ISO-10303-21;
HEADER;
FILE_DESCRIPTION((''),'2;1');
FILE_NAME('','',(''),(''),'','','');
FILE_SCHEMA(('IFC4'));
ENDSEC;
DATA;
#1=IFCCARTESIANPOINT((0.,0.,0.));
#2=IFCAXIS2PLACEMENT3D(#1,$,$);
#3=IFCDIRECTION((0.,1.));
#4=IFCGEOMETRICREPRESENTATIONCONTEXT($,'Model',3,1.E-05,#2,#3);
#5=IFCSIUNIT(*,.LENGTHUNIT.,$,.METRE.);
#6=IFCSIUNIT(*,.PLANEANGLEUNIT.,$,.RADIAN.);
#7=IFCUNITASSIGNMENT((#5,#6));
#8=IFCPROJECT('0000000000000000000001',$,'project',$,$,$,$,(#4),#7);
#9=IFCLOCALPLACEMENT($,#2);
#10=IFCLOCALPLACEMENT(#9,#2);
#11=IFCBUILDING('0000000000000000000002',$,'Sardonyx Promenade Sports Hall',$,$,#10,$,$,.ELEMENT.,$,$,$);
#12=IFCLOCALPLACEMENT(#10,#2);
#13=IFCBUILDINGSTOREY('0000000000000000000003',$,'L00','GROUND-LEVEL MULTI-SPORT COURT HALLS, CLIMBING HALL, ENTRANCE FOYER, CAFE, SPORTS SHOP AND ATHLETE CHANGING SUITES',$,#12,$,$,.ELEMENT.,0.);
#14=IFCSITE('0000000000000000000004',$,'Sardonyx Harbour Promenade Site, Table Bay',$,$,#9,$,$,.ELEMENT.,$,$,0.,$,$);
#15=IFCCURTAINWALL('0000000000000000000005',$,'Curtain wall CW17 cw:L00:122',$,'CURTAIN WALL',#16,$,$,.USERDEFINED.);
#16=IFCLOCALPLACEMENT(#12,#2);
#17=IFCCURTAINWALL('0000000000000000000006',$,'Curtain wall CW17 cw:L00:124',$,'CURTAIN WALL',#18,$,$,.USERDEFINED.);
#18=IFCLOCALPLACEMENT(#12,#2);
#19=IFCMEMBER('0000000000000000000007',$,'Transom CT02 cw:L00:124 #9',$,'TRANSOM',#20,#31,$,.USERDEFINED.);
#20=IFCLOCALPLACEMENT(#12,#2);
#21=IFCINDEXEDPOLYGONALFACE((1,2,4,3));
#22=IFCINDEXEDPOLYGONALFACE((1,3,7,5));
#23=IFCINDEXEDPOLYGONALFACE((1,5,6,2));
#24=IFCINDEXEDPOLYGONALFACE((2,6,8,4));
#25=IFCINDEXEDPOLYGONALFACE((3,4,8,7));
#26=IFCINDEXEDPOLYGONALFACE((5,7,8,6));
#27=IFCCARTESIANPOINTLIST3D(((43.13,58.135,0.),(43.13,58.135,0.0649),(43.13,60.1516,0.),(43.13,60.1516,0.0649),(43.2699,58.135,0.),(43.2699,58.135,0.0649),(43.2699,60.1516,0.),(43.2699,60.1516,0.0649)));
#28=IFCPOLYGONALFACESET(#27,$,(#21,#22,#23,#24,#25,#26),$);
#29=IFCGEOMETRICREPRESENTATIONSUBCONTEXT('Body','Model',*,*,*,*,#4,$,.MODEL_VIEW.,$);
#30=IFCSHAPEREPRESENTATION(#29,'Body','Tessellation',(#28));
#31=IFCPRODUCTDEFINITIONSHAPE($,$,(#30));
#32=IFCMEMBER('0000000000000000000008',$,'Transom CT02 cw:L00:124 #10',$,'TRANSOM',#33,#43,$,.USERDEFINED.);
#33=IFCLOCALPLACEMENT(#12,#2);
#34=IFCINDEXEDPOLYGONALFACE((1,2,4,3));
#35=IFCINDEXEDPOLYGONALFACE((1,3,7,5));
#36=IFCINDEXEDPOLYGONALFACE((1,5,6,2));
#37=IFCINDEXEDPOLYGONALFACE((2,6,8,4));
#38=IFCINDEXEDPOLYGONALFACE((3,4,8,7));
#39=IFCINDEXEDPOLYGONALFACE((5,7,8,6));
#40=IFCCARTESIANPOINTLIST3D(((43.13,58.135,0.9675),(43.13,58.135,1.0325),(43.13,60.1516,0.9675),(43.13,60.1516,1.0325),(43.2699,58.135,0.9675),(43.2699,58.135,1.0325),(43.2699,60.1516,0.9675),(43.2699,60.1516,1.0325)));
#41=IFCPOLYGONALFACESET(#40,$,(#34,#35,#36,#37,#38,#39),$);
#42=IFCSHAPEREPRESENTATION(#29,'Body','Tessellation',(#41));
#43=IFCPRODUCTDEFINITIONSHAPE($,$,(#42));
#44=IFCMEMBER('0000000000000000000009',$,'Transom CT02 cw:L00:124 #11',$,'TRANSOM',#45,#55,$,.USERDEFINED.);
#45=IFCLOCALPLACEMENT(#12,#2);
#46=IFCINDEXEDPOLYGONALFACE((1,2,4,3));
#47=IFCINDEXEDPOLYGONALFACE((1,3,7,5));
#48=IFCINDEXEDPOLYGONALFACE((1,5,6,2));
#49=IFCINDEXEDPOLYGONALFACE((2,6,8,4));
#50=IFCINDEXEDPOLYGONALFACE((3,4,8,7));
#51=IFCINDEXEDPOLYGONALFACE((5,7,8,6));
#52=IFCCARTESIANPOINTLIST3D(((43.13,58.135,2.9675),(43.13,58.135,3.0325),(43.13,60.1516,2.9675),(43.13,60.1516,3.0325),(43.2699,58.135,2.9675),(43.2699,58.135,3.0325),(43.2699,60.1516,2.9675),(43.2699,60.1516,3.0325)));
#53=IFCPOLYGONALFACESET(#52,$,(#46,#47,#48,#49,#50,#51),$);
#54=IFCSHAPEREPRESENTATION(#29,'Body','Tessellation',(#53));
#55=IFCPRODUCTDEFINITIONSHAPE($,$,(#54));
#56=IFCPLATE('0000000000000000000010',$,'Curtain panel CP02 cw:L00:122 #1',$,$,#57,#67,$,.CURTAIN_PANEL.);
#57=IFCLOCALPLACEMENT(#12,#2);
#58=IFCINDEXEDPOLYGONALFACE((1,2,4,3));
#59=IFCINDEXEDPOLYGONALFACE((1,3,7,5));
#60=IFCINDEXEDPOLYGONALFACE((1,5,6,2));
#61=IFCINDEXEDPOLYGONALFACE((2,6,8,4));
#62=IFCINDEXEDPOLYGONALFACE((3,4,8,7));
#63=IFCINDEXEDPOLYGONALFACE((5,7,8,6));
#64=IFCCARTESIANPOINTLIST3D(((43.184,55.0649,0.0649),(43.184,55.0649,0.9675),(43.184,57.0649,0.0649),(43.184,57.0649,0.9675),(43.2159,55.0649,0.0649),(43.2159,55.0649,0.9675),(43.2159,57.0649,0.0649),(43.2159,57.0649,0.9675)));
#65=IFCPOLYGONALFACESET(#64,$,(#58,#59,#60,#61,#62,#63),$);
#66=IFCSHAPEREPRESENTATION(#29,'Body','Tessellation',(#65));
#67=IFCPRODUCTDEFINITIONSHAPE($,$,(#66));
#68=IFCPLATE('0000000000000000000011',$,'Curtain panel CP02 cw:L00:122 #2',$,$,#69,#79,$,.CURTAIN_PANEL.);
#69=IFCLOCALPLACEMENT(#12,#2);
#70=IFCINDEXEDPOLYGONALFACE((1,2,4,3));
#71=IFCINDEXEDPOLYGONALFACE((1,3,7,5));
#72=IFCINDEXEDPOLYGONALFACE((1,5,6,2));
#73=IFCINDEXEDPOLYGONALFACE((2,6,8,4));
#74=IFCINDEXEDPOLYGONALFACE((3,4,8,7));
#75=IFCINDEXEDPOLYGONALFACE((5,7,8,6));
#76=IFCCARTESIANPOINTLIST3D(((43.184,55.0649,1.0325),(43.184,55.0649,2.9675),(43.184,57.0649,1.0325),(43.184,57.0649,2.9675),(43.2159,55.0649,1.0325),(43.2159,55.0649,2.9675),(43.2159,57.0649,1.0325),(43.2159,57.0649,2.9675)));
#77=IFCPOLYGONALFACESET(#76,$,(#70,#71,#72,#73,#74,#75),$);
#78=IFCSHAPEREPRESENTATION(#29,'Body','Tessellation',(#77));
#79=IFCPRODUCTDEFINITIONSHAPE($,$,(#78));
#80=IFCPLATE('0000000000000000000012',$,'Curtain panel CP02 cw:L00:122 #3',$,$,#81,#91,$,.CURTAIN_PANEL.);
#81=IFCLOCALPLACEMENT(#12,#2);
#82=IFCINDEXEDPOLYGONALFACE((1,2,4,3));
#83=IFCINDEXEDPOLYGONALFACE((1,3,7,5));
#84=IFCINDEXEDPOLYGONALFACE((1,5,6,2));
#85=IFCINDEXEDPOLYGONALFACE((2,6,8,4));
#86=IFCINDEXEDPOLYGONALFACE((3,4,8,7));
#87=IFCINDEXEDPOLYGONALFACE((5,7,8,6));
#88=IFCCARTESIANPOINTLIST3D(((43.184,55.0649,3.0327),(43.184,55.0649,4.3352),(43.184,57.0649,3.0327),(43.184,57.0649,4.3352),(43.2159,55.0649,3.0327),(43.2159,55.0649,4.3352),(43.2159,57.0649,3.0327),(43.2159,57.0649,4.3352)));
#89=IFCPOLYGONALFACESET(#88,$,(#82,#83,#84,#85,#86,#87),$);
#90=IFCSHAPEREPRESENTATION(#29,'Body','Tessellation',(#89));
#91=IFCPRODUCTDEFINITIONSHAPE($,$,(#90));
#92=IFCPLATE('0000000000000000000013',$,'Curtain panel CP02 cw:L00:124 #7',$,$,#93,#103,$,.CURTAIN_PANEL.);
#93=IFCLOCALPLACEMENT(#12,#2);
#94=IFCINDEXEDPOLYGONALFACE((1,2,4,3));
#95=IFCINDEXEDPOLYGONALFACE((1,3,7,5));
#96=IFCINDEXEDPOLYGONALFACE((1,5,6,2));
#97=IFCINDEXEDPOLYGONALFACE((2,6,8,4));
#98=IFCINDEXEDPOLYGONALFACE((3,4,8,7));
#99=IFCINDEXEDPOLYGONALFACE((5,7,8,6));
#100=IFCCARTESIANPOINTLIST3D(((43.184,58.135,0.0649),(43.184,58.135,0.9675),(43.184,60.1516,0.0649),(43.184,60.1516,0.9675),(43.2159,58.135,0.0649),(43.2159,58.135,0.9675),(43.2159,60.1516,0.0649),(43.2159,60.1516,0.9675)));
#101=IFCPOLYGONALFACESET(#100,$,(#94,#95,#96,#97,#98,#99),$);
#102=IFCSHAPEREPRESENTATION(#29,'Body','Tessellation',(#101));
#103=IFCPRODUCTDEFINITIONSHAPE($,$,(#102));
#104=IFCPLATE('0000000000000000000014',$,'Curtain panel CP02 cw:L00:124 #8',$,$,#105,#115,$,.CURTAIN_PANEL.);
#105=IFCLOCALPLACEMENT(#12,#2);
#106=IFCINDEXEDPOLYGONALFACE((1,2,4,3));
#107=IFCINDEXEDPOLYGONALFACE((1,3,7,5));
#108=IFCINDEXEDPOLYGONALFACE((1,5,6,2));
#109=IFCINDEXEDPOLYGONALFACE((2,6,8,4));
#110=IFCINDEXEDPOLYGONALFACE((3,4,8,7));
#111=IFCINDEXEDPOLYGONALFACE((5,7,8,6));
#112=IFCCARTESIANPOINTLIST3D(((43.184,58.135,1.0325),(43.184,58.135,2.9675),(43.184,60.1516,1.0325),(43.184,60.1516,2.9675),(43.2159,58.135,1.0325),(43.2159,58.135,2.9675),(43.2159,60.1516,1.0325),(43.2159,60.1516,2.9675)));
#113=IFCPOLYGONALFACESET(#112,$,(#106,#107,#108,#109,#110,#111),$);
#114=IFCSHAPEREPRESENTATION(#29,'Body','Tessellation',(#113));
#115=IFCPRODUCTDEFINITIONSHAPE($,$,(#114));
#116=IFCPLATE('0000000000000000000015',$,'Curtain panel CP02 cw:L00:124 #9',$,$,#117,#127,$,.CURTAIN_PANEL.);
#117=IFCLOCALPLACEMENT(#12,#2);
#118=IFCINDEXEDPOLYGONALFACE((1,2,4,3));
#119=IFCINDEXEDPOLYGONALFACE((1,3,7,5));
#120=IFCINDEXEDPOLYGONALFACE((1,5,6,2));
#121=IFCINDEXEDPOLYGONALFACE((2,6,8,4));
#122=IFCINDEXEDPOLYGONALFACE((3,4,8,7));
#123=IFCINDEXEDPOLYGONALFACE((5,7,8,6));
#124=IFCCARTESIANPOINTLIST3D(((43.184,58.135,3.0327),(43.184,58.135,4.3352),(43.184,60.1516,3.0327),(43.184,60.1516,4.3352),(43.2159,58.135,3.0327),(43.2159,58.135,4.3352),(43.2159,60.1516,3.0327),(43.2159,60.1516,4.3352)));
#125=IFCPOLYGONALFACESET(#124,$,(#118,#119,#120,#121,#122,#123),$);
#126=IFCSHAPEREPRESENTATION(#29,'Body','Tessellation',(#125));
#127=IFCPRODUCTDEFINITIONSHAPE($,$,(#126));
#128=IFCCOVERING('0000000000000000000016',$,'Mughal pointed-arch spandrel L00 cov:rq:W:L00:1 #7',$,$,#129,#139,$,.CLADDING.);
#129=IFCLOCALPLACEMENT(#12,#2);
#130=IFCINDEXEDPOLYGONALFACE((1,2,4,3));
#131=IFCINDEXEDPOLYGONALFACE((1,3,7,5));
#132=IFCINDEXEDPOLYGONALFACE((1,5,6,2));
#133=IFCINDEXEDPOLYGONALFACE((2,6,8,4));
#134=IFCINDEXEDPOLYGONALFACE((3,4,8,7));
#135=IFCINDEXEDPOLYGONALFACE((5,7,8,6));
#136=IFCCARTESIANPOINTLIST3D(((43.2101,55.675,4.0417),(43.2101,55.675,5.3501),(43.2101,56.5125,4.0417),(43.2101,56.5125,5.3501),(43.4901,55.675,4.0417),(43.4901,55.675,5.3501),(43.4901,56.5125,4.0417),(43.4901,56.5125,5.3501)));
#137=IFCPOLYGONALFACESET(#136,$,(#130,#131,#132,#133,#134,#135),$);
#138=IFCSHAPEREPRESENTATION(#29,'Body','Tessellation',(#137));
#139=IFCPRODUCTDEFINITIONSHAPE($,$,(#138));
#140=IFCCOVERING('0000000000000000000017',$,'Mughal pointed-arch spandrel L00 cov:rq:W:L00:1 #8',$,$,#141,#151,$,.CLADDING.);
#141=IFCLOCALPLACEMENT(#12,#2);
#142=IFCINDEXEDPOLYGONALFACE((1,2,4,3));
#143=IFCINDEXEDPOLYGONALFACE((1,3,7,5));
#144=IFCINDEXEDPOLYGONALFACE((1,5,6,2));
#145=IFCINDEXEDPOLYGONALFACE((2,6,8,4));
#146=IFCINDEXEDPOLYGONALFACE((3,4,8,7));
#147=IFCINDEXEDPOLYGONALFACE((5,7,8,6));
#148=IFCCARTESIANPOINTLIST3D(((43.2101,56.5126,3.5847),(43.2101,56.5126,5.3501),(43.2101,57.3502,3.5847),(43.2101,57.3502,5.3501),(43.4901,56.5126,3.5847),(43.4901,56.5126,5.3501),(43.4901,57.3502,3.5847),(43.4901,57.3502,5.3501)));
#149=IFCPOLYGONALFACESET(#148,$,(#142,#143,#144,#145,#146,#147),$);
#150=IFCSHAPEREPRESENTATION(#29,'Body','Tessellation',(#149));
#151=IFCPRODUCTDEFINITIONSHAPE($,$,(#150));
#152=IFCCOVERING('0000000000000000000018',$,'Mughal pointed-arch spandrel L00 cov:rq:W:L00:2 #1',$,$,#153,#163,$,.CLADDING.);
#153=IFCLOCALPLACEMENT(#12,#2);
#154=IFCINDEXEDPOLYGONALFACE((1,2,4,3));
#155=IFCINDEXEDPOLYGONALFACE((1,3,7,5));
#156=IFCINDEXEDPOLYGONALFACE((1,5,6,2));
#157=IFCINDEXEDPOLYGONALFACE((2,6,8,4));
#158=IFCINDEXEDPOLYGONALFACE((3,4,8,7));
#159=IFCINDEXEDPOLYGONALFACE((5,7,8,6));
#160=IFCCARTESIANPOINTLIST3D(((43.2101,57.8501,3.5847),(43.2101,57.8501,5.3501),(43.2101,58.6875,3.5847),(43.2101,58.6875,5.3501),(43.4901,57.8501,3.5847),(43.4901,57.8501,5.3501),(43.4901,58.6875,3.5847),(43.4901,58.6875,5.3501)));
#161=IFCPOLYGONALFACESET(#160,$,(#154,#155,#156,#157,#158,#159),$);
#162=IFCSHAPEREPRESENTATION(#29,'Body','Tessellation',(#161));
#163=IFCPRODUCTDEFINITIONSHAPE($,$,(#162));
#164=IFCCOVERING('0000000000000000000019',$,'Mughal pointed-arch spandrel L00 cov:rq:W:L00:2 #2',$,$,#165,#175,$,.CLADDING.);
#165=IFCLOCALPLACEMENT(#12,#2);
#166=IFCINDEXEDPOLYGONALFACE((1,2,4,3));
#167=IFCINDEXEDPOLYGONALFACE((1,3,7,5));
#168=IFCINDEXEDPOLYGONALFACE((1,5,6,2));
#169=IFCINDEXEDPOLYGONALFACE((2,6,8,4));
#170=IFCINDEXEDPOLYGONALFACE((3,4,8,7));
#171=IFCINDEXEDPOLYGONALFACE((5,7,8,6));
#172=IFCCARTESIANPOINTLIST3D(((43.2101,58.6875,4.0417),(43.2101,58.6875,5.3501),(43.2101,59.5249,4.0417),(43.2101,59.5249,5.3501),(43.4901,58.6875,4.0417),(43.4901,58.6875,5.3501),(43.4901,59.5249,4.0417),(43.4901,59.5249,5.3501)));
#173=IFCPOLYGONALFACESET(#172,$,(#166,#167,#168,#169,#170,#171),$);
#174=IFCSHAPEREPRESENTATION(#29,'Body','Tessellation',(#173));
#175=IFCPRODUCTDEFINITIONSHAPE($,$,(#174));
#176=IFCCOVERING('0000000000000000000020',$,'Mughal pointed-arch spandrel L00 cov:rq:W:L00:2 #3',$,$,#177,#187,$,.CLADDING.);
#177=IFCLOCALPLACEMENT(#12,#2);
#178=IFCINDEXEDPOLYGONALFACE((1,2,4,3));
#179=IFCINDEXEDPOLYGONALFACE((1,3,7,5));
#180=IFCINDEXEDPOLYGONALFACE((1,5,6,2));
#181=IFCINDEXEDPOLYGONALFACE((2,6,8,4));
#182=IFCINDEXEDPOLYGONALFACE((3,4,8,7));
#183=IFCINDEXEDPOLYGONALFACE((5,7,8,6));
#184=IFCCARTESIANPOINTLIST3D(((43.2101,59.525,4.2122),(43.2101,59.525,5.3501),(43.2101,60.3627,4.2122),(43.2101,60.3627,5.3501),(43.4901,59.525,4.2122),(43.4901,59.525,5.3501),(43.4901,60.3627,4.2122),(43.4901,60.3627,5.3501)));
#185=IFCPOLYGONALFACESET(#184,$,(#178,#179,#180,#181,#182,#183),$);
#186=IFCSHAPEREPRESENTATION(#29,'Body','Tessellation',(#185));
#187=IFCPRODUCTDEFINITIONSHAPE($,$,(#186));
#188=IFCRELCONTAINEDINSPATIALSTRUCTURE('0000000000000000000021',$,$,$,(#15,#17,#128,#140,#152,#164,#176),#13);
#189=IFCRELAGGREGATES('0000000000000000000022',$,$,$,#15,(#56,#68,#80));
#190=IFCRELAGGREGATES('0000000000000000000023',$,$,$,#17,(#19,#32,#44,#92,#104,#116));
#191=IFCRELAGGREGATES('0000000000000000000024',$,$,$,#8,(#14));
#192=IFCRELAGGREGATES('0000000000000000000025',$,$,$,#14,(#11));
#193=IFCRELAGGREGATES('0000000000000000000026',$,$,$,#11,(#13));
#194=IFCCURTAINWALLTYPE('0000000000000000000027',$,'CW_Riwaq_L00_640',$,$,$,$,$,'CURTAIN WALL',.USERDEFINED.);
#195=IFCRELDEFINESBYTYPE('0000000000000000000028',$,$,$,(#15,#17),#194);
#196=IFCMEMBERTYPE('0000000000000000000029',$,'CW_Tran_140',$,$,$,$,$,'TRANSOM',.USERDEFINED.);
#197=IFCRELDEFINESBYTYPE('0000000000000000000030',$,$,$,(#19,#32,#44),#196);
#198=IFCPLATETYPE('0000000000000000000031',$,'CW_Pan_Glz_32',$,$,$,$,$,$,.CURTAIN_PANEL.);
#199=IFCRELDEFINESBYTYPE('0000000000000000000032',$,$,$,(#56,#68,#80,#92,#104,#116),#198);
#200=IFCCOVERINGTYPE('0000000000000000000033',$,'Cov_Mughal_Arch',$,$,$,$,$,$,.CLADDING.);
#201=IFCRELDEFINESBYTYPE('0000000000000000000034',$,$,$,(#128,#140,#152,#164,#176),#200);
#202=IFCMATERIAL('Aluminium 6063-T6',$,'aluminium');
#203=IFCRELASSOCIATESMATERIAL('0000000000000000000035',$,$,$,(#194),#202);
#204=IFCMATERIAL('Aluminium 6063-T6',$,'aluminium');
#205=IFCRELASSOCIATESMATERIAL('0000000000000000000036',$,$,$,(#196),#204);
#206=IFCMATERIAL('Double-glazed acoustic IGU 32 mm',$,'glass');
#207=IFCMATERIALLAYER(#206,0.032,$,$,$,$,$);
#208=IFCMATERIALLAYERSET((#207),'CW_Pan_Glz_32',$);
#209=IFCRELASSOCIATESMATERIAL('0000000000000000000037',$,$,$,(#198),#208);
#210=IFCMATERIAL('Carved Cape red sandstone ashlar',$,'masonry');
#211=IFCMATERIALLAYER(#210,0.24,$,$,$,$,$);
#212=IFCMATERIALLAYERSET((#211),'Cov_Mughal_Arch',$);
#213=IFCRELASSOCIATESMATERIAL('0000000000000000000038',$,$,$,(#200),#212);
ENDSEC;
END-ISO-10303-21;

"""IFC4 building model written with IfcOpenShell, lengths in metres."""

from ifc_helpers import new_model, si_unit, direction, frame, frame_2d, origin, origin_2d, place, context, subcontext, project, spatial, rectangle, extrude, material, layer, layer_set, material_profile, profile_set, type_object, element, aggregate, save


model = new_model("IFC4")

# Units and contexts
model_context = context("Model", 3, precision=1e-05, world=origin(), true_north=direction((0.0, 1.0)))
body_context = subcontext(model_context, "Body", "Model", "MODEL_VIEW")
ifc_project = project(units=[si_unit("LENGTHUNIT", "METRE"), si_unit("PLANEANGLEUNIT", "RADIAN")], contexts=[model_context])

# Site, building, storey
site_placement = place(None, origin())
site = spatial("IfcSite", under=ifc_project, at=site_placement, Name="Sardonyx Harbour Promenade Site, Table Bay", CompositionType="ELEMENT", RefElevation=0.0)
building_placement = place(site_placement, origin())
building = spatial("IfcBuilding", under=site, at=building_placement, Name="Sardonyx Promenade Sports Hall", CompositionType="ELEMENT")
storey_placement = place(building_placement, origin())
storey = spatial("IfcBuildingStorey", under=building, at=storey_placement, Name="L00", Description="GROUND-LEVEL MULTI-SPORT COURT HALLS, CLIMBING HALL, ENTRANCE FOYER, CAFE, SPORTS SHOP AND ATHLETE CHANGING SUITES", CompositionType="ELEMENT", Elevation=0.0)

# Curtain wall
ifc_material_1 = material(Name="Aluminium 6063-T6", Category="aluminium")
curtain_wall_type = type_object("IfcCurtainWallType", Name="CW_Riwaq_L00_640", ElementType="CURTAIN WALL", PredefinedType="USERDEFINED", material=ifc_material_1)
curtain_wall_1_placement = place(storey_placement, origin())
curtain_wall_1 = element("IfcCurtainWall", 1, at=curtain_wall_1_placement, inside=storey, type_object=curtain_wall_type, Name="Curtain wall CW17 cw:L00:122", ObjectType="CURTAIN WALL", PredefinedType="USERDEFINED")

# Curtain wall
curtain_wall_2_placement = place(storey_placement, origin())
curtain_wall_2 = element("IfcCurtainWall", 2, at=curtain_wall_2_placement, inside=storey, type_object=curtain_wall_type, Name="Curtain wall CW17 cw:L00:124", ObjectType="CURTAIN WALL", PredefinedType="USERDEFINED")

# Members
ifc_material_2 = material(Name="Aluminium 6063-T6", Category="aluminium")
ifc_material_profile_1 = material_profile(ifc_material_2, rectangle(XDim=0.0649, YDim=0.1399, at=origin_2d()))
ifc_profile_set_1 = profile_set([ifc_material_profile_1], Name="Aluminium 6063-T6")
member_type_1 = type_object("IfcMemberType", Name="CW_Tran_140", ElementType="TRANSOM", PredefinedType="USERDEFINED", material=ifc_profile_set_1)
member_1_placement = place(storey_placement, frame((43.2, 60.1516, 0.0325), z_axis=(0.0, -1.0, 0.0), x_axis=(0.0, 0.0, 1.0)))
member_1 = element("IfcMember", 3, at=member_1_placement, type_object=member_type_1, Name="Transom CT02 cw:L00:124 #9", ObjectType="TRANSOM", PredefinedType="USERDEFINED", context=body_context, shape_type="SweptSolid", body=[
    extrude(rectangle(XDim=0.0649, YDim=0.1399, at=origin_2d()), origin(), (0.0, 0.0, 1.0), 2.0166),
])
member_2_placement = place(storey_placement, frame((43.2, 60.1516, 1.0), z_axis=(0.0, -1.0, 0.0), x_axis=(0.0, 0.0, 1.0)))
member_2 = element("IfcMember", 4, at=member_2_placement, type_object=member_type_1, Name="Transom CT02 cw:L00:124 #10", ObjectType="TRANSOM", PredefinedType="USERDEFINED", context=body_context, shape_type="SweptSolid", body=[
    extrude(rectangle(XDim=0.0649, YDim=0.1399, at=origin_2d()), origin(), (0.0, 0.0, 1.0), 2.0166),
])
member_3_placement = place(storey_placement, frame((43.2, 60.1516, 3.0), z_axis=(0.0, -1.0, 0.0), x_axis=(0.0, 0.0, 1.0)))
member_3 = element("IfcMember", 5, at=member_3_placement, type_object=member_type_1, Name="Transom CT02 cw:L00:124 #11", ObjectType="TRANSOM", PredefinedType="USERDEFINED", context=body_context, shape_type="SweptSolid", body=[
    extrude(rectangle(XDim=0.0649, YDim=0.1399, at=origin_2d()), origin(), (0.0, 0.0, 1.0), 2.0166),
])

# Plates
ifc_material_3 = material(Name="Double-glazed acoustic IGU 32 mm", Category="glass")
ifc_layer_1 = layer(ifc_material_3, 0.032)
ifc_layer_set_1 = layer_set([ifc_layer_1], Name="CW_Pan_Glz_32")
plate_type = type_object("IfcPlateType", Name="CW_Pan_Glz_32", PredefinedType="CURTAIN_PANEL", material=ifc_layer_set_1)
plate_1_placement = place(storey_placement, frame((43.2, 56.0649, 0.0649), z_axis=(0.0, 0.0, 1.0), x_axis=(0.0, -1.0, 0.0)))
plate_1 = element("IfcPlate", 6, at=plate_1_placement, type_object=plate_type, Name="Curtain panel CP02 cw:L00:122 #1", PredefinedType="CURTAIN_PANEL", context=body_context, shape_type="SweptSolid", body=[
    extrude(rectangle(XDim=2.0, YDim=0.032, at=origin_2d()), origin(), (0.0, 0.0, 1.0), 0.9026),
])
plate_2_placement = place(storey_placement, frame((43.2, 56.0649, 1.0325), z_axis=(0.0, 0.0, 1.0), x_axis=(0.0, -1.0, 0.0)))
plate_2 = element("IfcPlate", 7, at=plate_2_placement, type_object=plate_type, Name="Curtain panel CP02 cw:L00:122 #2", PredefinedType="CURTAIN_PANEL", context=body_context, shape_type="SweptSolid", body=[
    extrude(rectangle(XDim=2.0, YDim=0.032, at=origin_2d()), origin(), (0.0, 0.0, 1.0), 1.9351),
])
plate_3_placement = place(storey_placement, frame((43.2, 56.0649, 3.0327), z_axis=(0.0, 0.0, 1.0), x_axis=(0.0, -1.0, 0.0)))
plate_3 = element("IfcPlate", 8, at=plate_3_placement, type_object=plate_type, Name="Curtain panel CP02 cw:L00:122 #3", PredefinedType="CURTAIN_PANEL", context=body_context, shape_type="SweptSolid", body=[
    extrude(rectangle(XDim=2.0, YDim=0.032, at=origin_2d()), origin(), (0.0, 0.0, 1.0), 1.3025),
])
aggregate(curtain_wall_1, [plate_1, plate_2, plate_3])
plate_4_placement = place(storey_placement, frame((43.2, 59.1433, 0.0649), z_axis=(0.0, 0.0, 1.0), x_axis=(0.0, -1.0, 0.0)))
plate_4 = element("IfcPlate", 9, at=plate_4_placement, type_object=plate_type, Name="Curtain panel CP02 cw:L00:124 #7", PredefinedType="CURTAIN_PANEL", context=body_context, shape_type="SweptSolid", body=[
    extrude(rectangle(XDim=2.0166, YDim=0.032, at=origin_2d()), origin(), (0.0, 0.0, 1.0), 0.9026),
])
plate_5_placement = place(storey_placement, frame((43.2, 59.1433, 1.0325), z_axis=(0.0, 0.0, 1.0), x_axis=(0.0, -1.0, 0.0)))
plate_5 = element("IfcPlate", 10, at=plate_5_placement, type_object=plate_type, Name="Curtain panel CP02 cw:L00:124 #8", PredefinedType="CURTAIN_PANEL", context=body_context, shape_type="SweptSolid", body=[
    extrude(rectangle(XDim=2.0166, YDim=0.032, at=origin_2d()), origin(), (0.0, 0.0, 1.0), 1.9351),
])
plate_6_placement = place(storey_placement, frame((43.2, 59.1433, 3.0327), z_axis=(0.0, 0.0, 1.0), x_axis=(0.0, -1.0, 0.0)))
plate_6 = element("IfcPlate", 11, at=plate_6_placement, type_object=plate_type, Name="Curtain panel CP02 cw:L00:124 #9", PredefinedType="CURTAIN_PANEL", context=body_context, shape_type="SweptSolid", body=[
    extrude(rectangle(XDim=2.0166, YDim=0.032, at=origin_2d()), origin(), (0.0, 0.0, 1.0), 1.3025),
])
aggregate(curtain_wall_2, [member_1, member_2, member_3, plate_4, plate_5, plate_6])

# Coverings
ifc_material_4 = material(Name="Carved Cape red sandstone ashlar", Category="masonry")
ifc_layer_2 = layer(ifc_material_4, 0.24)
ifc_layer_set_2 = layer_set([ifc_layer_2], Name="Cov_Mughal_Arch")
covering_type = type_object("IfcCoveringType", Name="Cov_Mughal_Arch", PredefinedType="CLADDING", material=ifc_layer_set_2)
covering_1_placement = place(storey_placement, frame((43.3501, 55.675, 4.0417), z_axis=(0.0, 0.0, 1.0), x_axis=(0.0, 1.0, 0.0)))
element("IfcCovering", 12, at=covering_1_placement, inside=storey, type_object=covering_type, Name="Mughal pointed-arch spandrel L00 cov:rq:W:L00:1 #7", PredefinedType="CLADDING", context=body_context, shape_type="SweptSolid", body=[
    extrude(rectangle(XDim=0.8374, YDim=0.28, at=frame_2d((0.4187, 0.0))), origin(), (0.0, 0.0, 1.0), 1.3083),
])
covering_2_placement = place(storey_placement, frame((43.3501, 56.5125, 3.5847), z_axis=(0.0, 0.0, 1.0), x_axis=(0.0, 1.0, 0.0)))
element("IfcCovering", 13, at=covering_2_placement, inside=storey, type_object=covering_type, Name="Mughal pointed-arch spandrel L00 cov:rq:W:L00:1 #8", PredefinedType="CLADDING", context=body_context, shape_type="SweptSolid", body=[
    extrude(rectangle(XDim=0.8376, YDim=0.28, at=frame_2d((0.4189, 0.0))), origin(), (0.0, 0.0, 1.0), 1.7654),
])
covering_3_placement = place(storey_placement, frame((43.3501, 57.8501, 3.5847), z_axis=(0.0, 0.0, 1.0), x_axis=(0.0, 1.0, 0.0)))
element("IfcCovering", 14, at=covering_3_placement, inside=storey, type_object=covering_type, Name="Mughal pointed-arch spandrel L00 cov:rq:W:L00:2 #1", PredefinedType="CLADDING", context=body_context, shape_type="SweptSolid", body=[
    extrude(rectangle(XDim=0.8374, YDim=0.28, at=frame_2d((0.4187, 0.0))), origin(), (0.0, 0.0, 1.0), 1.7654),
])
covering_4_placement = place(storey_placement, frame((43.3501, 58.6875, 4.0417), z_axis=(0.0, 0.0, 1.0), x_axis=(0.0, 1.0, 0.0)))
element("IfcCovering", 15, at=covering_4_placement, inside=storey, type_object=covering_type, Name="Mughal pointed-arch spandrel L00 cov:rq:W:L00:2 #2", PredefinedType="CLADDING", context=body_context, shape_type="SweptSolid", body=[
    extrude(rectangle(XDim=0.8374, YDim=0.28, at=frame_2d((0.4187, 0.0))), origin(), (0.0, 0.0, 1.0), 1.3083),
])
covering_5_placement = place(storey_placement, frame((43.3501, 59.5249, 4.2122), z_axis=(0.0, 0.0, 1.0), x_axis=(0.0, 1.0, 0.0)))
element("IfcCovering", 16, at=covering_5_placement, inside=storey, type_object=covering_type, Name="Mughal pointed-arch spandrel L00 cov:rq:W:L00:2 #3", PredefinedType="CLADDING", context=body_context, shape_type="SweptSolid", body=[
    extrude(rectangle(XDim=0.8376, YDim=0.28, at=frame_2d((0.4189, 0.0))), origin(), (0.0, 0.0, 1.0), 1.1379),
])

save(model, "model.ifc")
